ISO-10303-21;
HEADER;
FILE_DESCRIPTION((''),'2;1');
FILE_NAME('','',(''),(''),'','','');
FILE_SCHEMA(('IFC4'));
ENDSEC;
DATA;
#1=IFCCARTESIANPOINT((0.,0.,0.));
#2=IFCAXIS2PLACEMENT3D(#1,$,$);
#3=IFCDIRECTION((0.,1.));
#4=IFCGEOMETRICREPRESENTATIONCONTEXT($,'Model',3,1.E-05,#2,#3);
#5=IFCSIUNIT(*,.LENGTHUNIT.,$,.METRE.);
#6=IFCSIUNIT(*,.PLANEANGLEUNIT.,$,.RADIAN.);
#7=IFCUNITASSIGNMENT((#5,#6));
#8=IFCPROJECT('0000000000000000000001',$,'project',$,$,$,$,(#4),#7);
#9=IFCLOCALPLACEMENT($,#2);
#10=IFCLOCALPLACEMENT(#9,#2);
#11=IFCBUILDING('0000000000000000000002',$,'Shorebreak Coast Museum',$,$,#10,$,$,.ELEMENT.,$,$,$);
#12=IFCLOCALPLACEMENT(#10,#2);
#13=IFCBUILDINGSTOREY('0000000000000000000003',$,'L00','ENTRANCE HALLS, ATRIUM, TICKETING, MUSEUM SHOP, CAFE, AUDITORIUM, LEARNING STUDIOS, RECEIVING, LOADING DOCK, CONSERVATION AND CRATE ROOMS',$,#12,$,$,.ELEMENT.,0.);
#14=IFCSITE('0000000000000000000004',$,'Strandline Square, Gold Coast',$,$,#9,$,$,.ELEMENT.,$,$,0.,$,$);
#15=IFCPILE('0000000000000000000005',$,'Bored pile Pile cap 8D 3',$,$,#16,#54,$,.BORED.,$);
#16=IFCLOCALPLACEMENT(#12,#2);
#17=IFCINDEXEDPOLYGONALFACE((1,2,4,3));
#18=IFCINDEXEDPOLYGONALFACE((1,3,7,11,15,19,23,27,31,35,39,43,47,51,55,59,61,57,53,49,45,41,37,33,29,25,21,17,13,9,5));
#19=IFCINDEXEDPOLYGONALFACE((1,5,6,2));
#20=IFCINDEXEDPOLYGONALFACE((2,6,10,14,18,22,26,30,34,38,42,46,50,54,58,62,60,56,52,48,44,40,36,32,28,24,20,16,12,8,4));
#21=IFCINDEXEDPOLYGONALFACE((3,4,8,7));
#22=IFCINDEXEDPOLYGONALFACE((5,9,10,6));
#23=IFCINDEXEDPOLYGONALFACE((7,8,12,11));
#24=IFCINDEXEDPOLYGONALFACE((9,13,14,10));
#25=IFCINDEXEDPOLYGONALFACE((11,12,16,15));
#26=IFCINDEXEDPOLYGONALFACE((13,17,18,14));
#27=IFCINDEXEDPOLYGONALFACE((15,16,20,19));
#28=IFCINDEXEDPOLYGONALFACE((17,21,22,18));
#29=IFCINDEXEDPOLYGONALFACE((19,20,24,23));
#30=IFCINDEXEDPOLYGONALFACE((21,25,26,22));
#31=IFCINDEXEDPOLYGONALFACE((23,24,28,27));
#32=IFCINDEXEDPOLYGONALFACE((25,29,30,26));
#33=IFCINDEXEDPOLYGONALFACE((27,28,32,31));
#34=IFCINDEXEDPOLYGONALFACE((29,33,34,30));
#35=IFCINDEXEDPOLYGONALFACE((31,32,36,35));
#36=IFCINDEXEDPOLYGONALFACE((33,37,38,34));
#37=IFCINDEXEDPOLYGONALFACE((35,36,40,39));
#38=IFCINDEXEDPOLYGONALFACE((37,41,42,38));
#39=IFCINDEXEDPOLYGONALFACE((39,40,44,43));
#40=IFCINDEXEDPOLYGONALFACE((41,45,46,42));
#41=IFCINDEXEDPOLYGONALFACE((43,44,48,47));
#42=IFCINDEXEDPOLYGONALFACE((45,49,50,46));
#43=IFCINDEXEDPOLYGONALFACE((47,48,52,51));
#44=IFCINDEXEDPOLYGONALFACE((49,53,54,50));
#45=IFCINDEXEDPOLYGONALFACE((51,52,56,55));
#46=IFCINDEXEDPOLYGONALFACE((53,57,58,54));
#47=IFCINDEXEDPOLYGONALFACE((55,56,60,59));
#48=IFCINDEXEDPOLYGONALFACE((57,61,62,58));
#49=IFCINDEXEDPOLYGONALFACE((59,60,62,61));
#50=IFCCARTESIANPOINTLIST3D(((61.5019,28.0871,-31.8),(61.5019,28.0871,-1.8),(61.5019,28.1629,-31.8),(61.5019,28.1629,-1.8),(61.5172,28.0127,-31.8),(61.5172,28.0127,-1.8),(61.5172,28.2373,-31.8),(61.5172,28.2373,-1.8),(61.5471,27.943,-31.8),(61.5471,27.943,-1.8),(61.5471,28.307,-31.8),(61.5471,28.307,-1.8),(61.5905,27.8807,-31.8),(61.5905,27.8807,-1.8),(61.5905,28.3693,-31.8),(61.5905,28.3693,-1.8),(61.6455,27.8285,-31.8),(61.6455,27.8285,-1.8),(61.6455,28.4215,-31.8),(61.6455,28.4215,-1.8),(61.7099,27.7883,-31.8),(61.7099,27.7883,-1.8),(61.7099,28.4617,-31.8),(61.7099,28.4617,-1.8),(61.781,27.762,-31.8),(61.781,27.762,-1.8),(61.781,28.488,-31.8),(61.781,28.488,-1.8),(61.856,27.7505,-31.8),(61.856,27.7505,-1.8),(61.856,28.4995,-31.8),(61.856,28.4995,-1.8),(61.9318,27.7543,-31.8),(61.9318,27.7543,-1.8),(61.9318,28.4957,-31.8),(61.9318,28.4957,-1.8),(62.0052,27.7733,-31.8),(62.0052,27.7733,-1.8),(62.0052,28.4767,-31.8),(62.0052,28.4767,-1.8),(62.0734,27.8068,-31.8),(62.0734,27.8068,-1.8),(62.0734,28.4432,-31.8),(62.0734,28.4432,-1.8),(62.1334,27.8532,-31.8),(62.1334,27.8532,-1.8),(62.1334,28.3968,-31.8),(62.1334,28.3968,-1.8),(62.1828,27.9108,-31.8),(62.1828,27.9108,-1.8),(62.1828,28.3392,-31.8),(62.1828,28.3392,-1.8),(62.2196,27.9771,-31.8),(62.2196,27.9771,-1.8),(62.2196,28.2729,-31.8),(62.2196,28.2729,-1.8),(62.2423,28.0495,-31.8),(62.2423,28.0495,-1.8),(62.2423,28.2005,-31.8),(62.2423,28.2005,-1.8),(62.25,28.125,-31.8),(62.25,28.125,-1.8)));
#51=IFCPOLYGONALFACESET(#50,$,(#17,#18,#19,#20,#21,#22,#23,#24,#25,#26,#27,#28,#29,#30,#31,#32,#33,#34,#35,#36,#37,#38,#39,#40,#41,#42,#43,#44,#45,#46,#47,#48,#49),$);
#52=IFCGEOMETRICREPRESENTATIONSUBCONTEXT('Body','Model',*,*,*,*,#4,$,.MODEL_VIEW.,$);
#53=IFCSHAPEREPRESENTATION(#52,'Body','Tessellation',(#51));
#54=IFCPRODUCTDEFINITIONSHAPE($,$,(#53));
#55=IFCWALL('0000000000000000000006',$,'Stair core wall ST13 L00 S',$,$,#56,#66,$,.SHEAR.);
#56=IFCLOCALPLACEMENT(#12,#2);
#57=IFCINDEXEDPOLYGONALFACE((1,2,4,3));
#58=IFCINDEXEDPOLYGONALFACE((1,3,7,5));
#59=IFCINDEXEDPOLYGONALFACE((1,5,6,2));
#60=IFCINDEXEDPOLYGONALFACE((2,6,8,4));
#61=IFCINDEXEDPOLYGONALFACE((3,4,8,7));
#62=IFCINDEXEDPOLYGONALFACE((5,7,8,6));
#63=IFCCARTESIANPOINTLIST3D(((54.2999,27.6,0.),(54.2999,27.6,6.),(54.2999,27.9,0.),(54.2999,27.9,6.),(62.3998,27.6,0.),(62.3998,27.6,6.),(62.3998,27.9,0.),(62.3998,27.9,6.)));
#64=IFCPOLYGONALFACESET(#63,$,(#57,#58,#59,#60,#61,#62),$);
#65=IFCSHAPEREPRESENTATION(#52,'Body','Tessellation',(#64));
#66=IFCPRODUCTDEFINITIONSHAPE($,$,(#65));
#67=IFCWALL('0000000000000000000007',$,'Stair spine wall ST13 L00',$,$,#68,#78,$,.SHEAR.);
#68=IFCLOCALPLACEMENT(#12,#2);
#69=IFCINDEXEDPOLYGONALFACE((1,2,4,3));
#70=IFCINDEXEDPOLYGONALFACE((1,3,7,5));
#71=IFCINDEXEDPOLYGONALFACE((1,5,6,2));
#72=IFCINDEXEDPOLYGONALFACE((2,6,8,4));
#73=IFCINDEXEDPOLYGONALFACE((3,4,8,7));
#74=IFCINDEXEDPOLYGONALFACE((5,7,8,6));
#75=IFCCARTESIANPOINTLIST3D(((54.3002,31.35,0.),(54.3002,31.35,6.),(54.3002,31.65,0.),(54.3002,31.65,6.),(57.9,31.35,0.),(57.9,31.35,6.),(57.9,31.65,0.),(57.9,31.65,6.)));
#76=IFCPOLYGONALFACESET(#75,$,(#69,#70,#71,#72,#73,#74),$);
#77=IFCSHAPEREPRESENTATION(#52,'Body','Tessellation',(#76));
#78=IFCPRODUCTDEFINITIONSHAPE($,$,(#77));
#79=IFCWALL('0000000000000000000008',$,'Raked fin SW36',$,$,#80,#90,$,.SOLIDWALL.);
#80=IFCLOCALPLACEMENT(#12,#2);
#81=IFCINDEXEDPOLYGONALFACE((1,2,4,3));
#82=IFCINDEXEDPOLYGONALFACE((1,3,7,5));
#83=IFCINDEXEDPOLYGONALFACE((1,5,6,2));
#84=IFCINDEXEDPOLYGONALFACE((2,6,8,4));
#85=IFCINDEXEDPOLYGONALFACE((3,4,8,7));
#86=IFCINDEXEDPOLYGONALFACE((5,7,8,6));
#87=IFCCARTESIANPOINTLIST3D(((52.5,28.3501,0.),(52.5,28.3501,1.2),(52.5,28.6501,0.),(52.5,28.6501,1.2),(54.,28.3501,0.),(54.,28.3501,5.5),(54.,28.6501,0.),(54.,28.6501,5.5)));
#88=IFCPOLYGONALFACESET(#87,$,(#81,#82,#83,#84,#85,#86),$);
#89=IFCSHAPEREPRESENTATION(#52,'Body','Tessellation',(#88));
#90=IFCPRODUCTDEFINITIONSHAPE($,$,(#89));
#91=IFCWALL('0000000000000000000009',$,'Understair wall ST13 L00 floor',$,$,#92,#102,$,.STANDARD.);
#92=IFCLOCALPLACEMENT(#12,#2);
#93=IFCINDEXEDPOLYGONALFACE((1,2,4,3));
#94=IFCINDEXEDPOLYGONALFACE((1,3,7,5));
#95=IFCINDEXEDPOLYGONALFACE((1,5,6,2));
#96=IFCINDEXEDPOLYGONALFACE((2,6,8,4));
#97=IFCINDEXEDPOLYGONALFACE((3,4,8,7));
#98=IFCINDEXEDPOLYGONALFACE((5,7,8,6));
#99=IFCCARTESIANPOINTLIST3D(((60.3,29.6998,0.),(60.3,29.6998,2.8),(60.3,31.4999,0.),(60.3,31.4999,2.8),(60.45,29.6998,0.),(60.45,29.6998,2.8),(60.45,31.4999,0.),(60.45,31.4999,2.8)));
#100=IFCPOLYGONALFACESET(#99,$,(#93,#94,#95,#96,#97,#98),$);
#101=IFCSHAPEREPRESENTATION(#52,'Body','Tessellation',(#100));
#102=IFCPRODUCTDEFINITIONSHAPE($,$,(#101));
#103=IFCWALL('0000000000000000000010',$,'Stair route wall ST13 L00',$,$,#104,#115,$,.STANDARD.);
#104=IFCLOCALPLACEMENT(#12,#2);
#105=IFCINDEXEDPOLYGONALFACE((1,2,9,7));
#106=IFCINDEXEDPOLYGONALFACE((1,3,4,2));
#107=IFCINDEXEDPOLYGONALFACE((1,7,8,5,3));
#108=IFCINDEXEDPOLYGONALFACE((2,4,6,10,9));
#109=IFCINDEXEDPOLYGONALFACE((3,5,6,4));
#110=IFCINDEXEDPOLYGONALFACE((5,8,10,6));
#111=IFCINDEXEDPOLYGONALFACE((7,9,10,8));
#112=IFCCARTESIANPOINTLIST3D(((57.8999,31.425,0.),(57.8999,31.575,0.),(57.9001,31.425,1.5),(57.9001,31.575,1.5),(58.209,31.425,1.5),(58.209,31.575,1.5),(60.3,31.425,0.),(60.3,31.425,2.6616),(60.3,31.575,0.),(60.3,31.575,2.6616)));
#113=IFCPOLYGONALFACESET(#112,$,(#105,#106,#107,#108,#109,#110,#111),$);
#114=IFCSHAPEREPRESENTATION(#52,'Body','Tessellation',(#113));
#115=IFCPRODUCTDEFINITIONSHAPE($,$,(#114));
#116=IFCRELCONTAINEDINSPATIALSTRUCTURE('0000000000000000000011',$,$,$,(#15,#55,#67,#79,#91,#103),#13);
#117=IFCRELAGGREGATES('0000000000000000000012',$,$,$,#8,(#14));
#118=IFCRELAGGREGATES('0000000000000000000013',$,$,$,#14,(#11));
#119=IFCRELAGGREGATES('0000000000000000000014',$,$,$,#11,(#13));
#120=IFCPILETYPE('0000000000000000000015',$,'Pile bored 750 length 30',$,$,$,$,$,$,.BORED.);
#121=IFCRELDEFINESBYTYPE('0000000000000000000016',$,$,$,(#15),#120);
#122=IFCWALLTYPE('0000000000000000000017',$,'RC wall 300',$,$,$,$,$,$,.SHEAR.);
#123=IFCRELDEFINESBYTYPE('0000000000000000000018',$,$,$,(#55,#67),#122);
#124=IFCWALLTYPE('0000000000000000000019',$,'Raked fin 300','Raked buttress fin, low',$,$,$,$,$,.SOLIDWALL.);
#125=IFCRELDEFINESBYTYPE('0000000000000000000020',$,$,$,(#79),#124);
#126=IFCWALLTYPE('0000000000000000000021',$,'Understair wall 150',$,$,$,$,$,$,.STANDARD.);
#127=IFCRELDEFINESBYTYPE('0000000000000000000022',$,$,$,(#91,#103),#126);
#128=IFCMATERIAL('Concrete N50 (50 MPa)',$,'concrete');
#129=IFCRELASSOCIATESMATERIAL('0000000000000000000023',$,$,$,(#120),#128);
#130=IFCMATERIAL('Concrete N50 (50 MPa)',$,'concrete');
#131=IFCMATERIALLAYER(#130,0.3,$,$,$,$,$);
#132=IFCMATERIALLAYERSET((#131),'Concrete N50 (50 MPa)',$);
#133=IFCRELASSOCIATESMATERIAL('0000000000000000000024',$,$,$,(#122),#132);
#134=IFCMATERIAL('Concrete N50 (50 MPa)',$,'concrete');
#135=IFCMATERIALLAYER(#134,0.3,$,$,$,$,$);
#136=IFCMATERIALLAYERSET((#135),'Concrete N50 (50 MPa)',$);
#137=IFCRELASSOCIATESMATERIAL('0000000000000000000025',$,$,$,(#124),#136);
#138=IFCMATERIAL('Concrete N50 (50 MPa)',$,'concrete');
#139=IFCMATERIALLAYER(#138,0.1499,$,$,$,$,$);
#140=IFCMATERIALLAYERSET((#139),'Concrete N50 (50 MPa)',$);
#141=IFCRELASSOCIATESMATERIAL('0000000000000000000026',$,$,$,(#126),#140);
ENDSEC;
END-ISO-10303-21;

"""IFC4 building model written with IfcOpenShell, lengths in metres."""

from ifc_helpers import new_model, si_unit, direction, frame, frame_2d, origin, origin_2d, place, context, subcontext, project, spatial, polyline, rectangle, circle, outline, extrude, material, layer, layer_set, material_profile, profile_set, type_object, element, save


model = new_model("IFC4")

# Units and contexts
model_context = context("Model", 3, precision=1e-05, world=origin(), true_north=direction((0.0, 1.0)))
body_context = subcontext(model_context, "Body", "Model", "MODEL_VIEW")
ifc_project = project(units=[si_unit("LENGTHUNIT", "METRE"), si_unit("PLANEANGLEUNIT", "RADIAN")], contexts=[model_context])

# Site, building, storey
site_placement = place(None, origin())
site = spatial("IfcSite", under=ifc_project, at=site_placement, Name="Strandline Square, Gold Coast", CompositionType="ELEMENT", RefElevation=0.0)
building_placement = place(site_placement, origin())
building = spatial("IfcBuilding", under=site, at=building_placement, Name="Shorebreak Coast Museum", CompositionType="ELEMENT")
storey_placement = place(building_placement, origin())
storey = spatial("IfcBuildingStorey", under=building, at=storey_placement, Name="L00", Description="ENTRANCE HALLS, ATRIUM, TICKETING, MUSEUM SHOP, CAFE, AUDITORIUM, LEARNING STUDIOS, RECEIVING, LOADING DOCK, CONSERVATION AND CRATE ROOMS", CompositionType="ELEMENT", Elevation=0.0)

# Pile
ifc_material_1 = material(Name="Concrete N50 (50 MPa)", Category="concrete")
ifc_material_profile_1 = material_profile(ifc_material_1, circle(Radius=0.375, at=origin_2d()), Name="Pile bored 750 length 30")
ifc_profile_set_1 = profile_set([ifc_material_profile_1], Name="Concrete N50 (50 MPa)")
pile_type_1 = type_object("IfcPileType", Name="Pile bored 750 length 30", PredefinedType="BORED", material=ifc_profile_set_1)
for number, where, z_axis, x_axis, name in (
    (1, (61.875, 28.125, -1.8), (0.0, 0.0, -1.0), (1.0, 0.0, 0.0), "Bored pile Pile cap 8D 3"),
):
    element("IfcPile", number, at=place(storey_placement, frame(where, z_axis=z_axis, x_axis=x_axis)), inside=storey, type_object=pile_type_1, Name=name, PredefinedType="BORED", context=body_context, shape_type="SweptSolid", body=[
        extrude(circle(Radius=0.375, at=origin_2d()), origin(), (0.0, 0.0, 1.0), 30.0),
    ])

# Walls
ifc_material_2 = material(Name="Concrete N50 (50 MPa)", Category="concrete")
ifc_layer_1 = layer(ifc_material_2, 0.3)
ifc_layer_set_1 = layer_set([ifc_layer_1], Name="Concrete N50 (50 MPa)")
wall_type_1 = type_object("IfcWallType", Name="RC wall 300", PredefinedType="SHEAR", material=ifc_layer_set_1)
wall_1_placement = place(storey_placement, frame((54.3, 27.75, 0.0), z_axis=(0.0, 0.0, 1.0), x_axis=(1.0, 0.0, 0.0)))
element("IfcWall", 2, at=wall_1_placement, inside=storey, type_object=wall_type_1, Name="Stair core wall ST13 L00 S", PredefinedType="SHEAR", context=body_context, shape_type="SweptSolid", body=[
    extrude(rectangle(XDim=8.0999, YDim=0.3, at=frame_2d((4.0498, 0.0))), origin(), (0.0, 0.0, 1.0), 6.0),
])
wall_2_placement = place(storey_placement, frame((57.8999, 31.5, 0.0), z_axis=(0.0, 0.0, 1.0), x_axis=(-1.0, 0.0, 0.0)))
element("IfcWall", 3, at=wall_2_placement, inside=storey, type_object=wall_type_1, Name="Stair spine wall ST13 L00", PredefinedType="SHEAR", context=body_context, shape_type="SweptSolid", body=[
    extrude(rectangle(XDim=3.5999, YDim=0.3, at=frame_2d((1.7998, 0.0))), origin(), (0.0, 0.0, 1.0), 6.0),
])
ifc_material_3 = material(Name="Concrete N50 (50 MPa)", Category="concrete")
ifc_layer_2 = layer(ifc_material_3, 0.3)
ifc_layer_set_2 = layer_set([ifc_layer_2], Name="Concrete N50 (50 MPa)")
wall_type_2 = type_object("IfcWallType", Name="Raked fin 300", Description="Raked buttress fin, low", PredefinedType="SOLIDWALL", material=ifc_layer_set_2)
wall_3_placement = place(storey_placement, frame((54.0, 28.5, 0.0), z_axis=(0.0, 0.0, 1.0), x_axis=(-1.0, 0.0, 0.0)))
element("IfcWall", 4, at=wall_3_placement, inside=storey, type_object=wall_type_2, Name="Raked fin SW36", PredefinedType="SOLIDWALL", context=body_context, shape_type="SweptSolid", body=[
    extrude(outline(polyline([(0.0, 0.0), (1.5, 0.0), (1.5, 1.2), (0.0, 5.5), (0.0, 0.0)])), frame((0.0, 0.1499, 0.0), z_axis=(0.0, -1.0, 0.0), x_axis=(1.0, 0.0, 0.0)), (0.0, 0.0, 1.0), 0.3),
])
ifc_material_4 = material(Name="Concrete N50 (50 MPa)", Category="concrete")
ifc_layer_3 = layer(ifc_material_4, 0.1499)
ifc_layer_set_3 = layer_set([ifc_layer_3], Name="Concrete N50 (50 MPa)")
wall_type_3 = type_object("IfcWallType", Name="Understair wall 150", PredefinedType="STANDARD", material=ifc_layer_set_3)
wall_4_placement = place(storey_placement, frame((60.375, 29.7, 0.0), z_axis=(0.0, 0.0, 1.0), x_axis=(0.0, 1.0, 0.0)))
element("IfcWall", 5, at=wall_4_placement, inside=storey, type_object=wall_type_3, Name="Understair wall ST13 L00 floor", PredefinedType="STANDARD", context=body_context, shape_type="SweptSolid", body=[
    extrude(rectangle(XDim=1.8, YDim=0.1499, at=frame_2d((0.8999, 0.0))), origin(), (0.0, 0.0, 1.0), 2.8),
])
wall_5_placement = place(storey_placement, frame((60.3, 31.5, 0.0), z_axis=(0.0, 0.0, 1.0), x_axis=(-1.0, 0.0, 0.0)))
element("IfcWall", 6, at=wall_5_placement, inside=storey, type_object=wall_type_3, Name="Stair route wall ST13 L00", PredefinedType="STANDARD", context=body_context, shape_type="SweptSolid", body=[
    extrude(outline(polyline([(0.0, 0.0), (2.4001, 0.0), (2.3999, 1.5), (2.0911, 1.5), (0.0, 2.6616), (0.0, 0.0)])), frame((0.0, 0.075, 0.0), z_axis=(0.0, -1.0, 0.0), x_axis=(1.0, 0.0, 0.0)), (0.0, 0.0, 1.0), 0.1499),
])

save(model, "model.ifc")
